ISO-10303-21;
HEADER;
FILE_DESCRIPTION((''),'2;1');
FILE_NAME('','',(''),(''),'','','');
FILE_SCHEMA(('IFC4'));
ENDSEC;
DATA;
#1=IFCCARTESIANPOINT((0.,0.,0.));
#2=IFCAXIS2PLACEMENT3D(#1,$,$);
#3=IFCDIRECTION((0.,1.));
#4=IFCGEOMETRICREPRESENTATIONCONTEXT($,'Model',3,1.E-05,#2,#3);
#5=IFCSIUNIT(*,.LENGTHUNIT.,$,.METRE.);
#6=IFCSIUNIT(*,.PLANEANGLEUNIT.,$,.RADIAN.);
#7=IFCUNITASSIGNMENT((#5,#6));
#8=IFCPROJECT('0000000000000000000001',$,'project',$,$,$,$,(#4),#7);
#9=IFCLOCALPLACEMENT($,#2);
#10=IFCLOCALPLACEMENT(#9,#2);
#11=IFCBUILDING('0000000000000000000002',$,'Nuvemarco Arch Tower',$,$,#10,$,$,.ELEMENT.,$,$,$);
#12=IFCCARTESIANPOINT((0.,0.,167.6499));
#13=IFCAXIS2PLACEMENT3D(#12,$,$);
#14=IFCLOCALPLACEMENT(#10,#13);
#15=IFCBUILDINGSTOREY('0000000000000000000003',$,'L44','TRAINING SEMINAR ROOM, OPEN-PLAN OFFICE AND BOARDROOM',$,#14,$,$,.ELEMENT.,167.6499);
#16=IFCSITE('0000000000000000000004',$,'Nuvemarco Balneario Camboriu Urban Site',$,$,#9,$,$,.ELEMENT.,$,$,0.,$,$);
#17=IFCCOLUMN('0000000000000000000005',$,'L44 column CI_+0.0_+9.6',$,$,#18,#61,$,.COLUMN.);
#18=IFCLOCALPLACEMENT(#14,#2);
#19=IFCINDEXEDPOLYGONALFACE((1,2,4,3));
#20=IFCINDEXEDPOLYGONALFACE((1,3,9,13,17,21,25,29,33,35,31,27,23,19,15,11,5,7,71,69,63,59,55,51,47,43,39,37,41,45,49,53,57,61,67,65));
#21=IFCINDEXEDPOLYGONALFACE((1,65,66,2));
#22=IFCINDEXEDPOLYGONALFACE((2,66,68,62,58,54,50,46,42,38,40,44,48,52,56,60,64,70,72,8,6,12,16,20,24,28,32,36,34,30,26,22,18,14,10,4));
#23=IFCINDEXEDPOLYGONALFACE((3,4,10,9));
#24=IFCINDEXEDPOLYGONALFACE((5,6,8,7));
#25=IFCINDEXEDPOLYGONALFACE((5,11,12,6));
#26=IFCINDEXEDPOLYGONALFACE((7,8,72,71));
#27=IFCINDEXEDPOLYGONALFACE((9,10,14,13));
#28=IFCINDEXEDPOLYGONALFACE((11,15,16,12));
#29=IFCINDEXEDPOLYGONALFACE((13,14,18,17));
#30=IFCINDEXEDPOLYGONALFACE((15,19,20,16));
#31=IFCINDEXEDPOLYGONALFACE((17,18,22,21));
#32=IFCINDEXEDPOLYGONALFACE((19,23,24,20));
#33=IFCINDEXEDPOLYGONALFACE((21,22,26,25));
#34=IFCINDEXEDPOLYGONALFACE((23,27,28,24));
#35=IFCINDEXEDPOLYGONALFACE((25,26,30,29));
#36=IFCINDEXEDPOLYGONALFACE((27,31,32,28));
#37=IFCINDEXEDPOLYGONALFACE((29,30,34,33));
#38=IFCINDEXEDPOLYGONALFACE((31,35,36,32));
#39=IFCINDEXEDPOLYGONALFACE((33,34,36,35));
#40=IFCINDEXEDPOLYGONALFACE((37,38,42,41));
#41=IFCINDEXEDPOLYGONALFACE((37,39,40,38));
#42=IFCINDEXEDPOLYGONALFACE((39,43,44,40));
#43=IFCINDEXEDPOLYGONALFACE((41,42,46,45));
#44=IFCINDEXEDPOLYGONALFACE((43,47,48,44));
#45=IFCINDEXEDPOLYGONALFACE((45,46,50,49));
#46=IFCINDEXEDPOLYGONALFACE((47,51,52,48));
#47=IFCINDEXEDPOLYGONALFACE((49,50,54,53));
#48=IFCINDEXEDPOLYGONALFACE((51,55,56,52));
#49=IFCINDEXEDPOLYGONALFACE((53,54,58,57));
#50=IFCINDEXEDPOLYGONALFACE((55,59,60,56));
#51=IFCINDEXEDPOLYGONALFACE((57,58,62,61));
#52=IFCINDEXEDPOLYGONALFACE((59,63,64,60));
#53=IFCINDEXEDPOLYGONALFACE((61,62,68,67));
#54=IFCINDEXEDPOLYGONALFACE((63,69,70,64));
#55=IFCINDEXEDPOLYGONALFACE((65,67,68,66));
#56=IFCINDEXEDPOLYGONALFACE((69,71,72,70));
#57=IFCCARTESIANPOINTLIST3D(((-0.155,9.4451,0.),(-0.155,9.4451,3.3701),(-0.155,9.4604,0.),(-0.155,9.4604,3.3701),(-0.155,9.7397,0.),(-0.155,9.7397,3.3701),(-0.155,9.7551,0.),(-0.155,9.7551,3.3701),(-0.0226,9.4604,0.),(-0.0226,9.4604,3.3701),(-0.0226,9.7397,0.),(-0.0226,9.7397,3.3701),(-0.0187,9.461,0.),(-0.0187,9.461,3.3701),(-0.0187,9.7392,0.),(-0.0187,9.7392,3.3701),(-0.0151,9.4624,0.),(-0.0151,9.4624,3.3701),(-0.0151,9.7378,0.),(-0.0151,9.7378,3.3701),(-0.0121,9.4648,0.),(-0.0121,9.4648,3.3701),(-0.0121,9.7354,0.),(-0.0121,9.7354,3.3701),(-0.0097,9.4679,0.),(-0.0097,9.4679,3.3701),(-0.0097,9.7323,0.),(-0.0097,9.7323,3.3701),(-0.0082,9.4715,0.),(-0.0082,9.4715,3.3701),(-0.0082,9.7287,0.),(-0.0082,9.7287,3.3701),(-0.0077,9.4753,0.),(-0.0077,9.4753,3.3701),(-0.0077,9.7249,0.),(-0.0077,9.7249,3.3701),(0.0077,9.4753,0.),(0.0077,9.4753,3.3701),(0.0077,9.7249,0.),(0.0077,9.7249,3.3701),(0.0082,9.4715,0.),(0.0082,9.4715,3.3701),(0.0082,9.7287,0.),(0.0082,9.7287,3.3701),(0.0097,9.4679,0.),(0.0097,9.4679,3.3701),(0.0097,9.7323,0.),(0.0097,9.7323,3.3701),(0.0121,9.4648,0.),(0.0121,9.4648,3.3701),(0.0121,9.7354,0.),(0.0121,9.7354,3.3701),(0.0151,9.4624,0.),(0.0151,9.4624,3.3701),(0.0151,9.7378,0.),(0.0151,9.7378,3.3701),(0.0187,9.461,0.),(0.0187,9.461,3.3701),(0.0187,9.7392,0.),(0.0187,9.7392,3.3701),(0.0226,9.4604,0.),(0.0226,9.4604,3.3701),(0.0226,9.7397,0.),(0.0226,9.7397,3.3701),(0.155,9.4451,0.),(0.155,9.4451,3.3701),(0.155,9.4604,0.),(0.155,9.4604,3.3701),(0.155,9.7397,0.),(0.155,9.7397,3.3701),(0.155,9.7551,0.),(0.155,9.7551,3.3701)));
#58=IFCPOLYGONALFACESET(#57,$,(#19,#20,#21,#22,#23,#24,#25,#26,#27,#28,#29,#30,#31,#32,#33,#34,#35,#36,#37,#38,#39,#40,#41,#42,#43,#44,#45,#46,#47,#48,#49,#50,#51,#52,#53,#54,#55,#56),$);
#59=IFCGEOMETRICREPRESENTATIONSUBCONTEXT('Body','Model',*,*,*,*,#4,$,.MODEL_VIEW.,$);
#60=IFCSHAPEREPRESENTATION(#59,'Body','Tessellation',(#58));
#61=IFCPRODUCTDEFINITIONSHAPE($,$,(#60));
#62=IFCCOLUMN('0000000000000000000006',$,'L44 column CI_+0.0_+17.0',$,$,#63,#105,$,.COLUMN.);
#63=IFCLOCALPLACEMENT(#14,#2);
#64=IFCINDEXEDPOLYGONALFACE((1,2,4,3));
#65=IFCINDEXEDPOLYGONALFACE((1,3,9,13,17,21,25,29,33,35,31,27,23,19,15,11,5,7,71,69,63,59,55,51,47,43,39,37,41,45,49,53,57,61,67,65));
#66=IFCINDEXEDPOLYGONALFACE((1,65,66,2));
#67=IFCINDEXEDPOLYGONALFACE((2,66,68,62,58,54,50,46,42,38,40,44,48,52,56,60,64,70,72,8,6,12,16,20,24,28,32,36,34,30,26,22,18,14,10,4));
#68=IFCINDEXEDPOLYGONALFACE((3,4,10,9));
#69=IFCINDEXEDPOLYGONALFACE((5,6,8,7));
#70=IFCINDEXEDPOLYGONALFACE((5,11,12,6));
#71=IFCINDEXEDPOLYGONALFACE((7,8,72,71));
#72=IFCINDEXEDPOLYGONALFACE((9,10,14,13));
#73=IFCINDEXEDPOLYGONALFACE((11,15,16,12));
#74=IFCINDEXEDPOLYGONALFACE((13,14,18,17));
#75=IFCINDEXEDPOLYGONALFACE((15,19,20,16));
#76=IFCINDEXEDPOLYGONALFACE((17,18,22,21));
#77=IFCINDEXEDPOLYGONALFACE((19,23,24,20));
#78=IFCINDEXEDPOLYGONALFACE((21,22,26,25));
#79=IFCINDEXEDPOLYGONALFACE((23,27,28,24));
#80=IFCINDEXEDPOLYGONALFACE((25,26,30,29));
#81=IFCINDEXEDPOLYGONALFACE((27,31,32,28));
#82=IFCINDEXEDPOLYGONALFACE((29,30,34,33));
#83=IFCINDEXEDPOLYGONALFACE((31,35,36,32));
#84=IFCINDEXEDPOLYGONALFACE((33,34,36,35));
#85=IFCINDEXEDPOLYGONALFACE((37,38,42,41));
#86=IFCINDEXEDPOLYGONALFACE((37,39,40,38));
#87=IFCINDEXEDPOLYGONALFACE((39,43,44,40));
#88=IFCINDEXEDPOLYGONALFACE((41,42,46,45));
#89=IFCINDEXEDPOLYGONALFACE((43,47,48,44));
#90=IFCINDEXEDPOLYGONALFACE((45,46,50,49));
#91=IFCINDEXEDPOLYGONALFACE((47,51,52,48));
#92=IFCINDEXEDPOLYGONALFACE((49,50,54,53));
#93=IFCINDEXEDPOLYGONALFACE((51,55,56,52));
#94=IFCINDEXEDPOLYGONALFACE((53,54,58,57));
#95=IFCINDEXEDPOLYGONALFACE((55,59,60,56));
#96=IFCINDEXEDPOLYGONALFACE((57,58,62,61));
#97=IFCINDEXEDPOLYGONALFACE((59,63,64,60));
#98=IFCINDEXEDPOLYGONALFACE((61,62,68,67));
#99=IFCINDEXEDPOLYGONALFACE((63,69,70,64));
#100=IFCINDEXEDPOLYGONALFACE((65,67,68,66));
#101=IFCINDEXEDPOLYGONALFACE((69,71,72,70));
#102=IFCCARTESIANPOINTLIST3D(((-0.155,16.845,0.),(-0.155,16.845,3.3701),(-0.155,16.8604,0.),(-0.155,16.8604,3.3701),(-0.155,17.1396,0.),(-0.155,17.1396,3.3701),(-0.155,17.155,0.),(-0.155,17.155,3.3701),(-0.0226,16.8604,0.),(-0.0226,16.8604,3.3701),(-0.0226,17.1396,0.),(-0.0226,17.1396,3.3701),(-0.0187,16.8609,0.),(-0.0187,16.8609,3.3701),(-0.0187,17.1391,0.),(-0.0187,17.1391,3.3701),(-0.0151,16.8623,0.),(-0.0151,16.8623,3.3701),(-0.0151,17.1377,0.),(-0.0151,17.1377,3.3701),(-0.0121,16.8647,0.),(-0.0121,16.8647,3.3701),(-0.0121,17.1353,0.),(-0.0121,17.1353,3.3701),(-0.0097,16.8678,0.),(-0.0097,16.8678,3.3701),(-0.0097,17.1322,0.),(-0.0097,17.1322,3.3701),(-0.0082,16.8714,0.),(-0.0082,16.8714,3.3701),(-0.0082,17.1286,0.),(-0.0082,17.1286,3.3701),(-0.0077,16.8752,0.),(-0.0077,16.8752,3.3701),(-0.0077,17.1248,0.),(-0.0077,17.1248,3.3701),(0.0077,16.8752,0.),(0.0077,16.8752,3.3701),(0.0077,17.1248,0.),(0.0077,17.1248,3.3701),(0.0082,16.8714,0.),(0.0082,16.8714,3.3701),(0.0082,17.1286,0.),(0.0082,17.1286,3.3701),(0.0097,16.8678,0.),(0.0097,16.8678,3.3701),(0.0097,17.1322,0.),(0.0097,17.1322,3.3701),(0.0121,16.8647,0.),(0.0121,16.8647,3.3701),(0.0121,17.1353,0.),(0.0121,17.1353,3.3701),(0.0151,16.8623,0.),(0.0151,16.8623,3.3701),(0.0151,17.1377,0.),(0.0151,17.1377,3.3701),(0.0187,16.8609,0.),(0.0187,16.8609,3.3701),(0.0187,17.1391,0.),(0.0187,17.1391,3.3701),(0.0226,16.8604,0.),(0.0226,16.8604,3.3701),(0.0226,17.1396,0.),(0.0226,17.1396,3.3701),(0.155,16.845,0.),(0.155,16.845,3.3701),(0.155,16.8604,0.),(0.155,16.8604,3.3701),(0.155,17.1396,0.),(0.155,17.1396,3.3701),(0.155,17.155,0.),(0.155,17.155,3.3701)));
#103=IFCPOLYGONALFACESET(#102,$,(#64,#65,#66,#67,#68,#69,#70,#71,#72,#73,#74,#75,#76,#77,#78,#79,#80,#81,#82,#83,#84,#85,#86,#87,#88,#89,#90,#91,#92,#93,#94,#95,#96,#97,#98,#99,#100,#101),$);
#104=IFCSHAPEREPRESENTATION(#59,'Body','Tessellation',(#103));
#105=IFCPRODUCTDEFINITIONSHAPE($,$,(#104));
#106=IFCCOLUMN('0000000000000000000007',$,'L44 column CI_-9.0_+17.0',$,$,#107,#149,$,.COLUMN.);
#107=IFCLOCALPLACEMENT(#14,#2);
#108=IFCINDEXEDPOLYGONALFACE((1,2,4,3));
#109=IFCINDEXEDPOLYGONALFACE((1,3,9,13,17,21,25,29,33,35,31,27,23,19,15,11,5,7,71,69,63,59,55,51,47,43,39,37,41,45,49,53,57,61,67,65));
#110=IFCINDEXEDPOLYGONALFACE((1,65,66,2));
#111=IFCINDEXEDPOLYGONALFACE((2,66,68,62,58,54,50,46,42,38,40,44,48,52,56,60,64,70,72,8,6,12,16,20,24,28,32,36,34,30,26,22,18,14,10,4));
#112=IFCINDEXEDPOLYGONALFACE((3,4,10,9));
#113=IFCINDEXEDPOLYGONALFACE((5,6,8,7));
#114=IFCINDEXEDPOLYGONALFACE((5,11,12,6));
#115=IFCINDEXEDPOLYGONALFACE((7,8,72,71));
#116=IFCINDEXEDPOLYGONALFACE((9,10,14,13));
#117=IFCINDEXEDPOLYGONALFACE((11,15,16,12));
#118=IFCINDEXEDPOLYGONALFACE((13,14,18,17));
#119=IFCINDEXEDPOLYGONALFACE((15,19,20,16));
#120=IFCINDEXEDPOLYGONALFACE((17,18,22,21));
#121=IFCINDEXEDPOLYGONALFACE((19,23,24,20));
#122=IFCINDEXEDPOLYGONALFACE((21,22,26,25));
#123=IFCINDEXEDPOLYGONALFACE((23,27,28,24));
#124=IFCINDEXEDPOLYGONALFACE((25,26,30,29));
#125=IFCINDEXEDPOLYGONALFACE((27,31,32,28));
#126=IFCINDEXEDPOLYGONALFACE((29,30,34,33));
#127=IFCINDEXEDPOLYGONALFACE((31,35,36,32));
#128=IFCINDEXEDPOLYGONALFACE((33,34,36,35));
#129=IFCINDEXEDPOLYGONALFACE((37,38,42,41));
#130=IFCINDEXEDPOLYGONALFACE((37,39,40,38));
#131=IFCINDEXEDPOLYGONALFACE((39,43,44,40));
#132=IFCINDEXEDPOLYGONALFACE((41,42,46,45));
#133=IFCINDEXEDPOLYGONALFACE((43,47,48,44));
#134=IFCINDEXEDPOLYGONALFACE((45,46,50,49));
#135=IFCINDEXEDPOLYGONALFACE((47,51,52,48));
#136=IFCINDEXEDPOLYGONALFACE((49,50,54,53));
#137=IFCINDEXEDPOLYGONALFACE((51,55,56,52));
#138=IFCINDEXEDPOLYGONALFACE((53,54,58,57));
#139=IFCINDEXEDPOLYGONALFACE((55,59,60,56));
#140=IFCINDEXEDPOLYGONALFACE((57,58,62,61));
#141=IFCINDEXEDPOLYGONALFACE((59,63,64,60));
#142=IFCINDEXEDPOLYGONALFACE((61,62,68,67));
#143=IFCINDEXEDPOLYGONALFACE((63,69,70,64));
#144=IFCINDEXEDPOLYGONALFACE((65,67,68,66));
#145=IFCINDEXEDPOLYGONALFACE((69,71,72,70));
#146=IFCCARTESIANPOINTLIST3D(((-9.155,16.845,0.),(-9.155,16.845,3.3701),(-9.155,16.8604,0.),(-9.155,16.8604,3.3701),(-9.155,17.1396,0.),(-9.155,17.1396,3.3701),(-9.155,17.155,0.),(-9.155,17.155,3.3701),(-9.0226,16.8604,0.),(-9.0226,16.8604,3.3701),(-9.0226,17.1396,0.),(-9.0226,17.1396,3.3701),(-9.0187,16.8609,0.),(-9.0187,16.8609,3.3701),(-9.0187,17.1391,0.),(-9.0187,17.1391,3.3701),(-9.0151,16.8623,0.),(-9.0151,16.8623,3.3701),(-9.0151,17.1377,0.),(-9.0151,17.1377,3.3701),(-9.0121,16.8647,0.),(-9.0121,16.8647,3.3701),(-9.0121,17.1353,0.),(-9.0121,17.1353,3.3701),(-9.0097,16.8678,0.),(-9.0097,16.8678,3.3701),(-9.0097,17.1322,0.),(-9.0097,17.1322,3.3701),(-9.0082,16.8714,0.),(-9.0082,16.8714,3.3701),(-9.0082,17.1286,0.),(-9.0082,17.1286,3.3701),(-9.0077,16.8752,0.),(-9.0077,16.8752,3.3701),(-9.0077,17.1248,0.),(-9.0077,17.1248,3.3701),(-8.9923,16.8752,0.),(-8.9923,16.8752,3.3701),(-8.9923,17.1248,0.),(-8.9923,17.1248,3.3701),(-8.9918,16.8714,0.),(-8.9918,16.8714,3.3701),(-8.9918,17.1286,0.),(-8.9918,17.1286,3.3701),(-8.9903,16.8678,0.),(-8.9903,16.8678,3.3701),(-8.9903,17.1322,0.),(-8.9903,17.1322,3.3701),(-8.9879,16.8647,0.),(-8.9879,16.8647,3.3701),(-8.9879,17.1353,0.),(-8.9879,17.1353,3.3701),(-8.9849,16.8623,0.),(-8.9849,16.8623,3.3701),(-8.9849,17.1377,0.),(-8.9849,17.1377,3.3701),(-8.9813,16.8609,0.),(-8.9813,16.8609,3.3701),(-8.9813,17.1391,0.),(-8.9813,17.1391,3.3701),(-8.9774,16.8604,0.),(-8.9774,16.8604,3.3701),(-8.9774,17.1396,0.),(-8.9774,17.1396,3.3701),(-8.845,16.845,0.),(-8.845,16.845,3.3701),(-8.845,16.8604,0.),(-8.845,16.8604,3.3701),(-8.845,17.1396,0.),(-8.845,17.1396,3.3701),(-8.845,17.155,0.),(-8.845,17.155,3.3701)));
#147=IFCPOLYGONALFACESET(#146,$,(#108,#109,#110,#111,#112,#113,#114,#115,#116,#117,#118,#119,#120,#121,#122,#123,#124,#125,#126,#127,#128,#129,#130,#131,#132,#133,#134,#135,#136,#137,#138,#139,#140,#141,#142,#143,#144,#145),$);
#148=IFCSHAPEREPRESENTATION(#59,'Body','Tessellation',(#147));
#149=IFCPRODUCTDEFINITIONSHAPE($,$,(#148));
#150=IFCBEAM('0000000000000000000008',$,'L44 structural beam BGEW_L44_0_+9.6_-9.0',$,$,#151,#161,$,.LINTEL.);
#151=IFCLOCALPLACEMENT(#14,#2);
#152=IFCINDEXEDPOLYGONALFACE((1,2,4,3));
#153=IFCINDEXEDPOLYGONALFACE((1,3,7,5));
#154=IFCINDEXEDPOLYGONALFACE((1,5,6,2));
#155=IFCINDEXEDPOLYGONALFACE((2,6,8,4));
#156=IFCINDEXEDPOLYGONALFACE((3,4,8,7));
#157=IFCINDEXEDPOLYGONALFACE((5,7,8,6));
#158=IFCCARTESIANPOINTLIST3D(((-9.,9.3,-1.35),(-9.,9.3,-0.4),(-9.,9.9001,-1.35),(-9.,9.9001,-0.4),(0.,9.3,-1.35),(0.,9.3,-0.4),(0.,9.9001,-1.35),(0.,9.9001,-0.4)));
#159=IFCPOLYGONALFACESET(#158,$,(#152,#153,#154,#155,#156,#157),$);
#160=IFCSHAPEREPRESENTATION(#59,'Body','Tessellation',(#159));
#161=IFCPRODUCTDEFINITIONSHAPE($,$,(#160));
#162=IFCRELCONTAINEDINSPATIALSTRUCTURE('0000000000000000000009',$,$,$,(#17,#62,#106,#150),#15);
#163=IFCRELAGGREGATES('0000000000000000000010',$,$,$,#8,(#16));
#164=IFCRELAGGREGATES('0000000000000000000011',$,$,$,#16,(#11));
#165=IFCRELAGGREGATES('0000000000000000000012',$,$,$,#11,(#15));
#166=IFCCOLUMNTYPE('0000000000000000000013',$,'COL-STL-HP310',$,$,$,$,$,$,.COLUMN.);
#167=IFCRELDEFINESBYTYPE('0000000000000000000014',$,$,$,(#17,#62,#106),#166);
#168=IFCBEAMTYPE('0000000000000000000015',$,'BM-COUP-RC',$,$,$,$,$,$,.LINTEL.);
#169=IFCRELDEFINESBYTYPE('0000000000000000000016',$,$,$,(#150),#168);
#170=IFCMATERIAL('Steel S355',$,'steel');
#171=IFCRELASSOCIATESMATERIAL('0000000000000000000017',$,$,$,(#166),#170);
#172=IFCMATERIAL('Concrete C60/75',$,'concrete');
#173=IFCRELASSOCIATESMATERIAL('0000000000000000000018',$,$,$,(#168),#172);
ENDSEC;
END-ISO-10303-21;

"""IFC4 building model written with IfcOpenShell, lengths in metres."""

from ifc_helpers import new_model, si_unit, direction, frame, origin, origin_2d, place, context, subcontext, project, spatial, rectangle, i_section, extrude, material, material_profile, profile_set, type_object, element, save


model = new_model("IFC4")

# Units and contexts
model_context = context("Model", 3, precision=1e-05, world=origin(), true_north=direction((0.0, 1.0)))
body_context = subcontext(model_context, "Body", "Model", "MODEL_VIEW")
ifc_project = project(units=[si_unit("LENGTHUNIT", "METRE"), si_unit("PLANEANGLEUNIT", "RADIAN")], contexts=[model_context])

# Site, building, storey
site_placement = place(None, origin())
site = spatial("IfcSite", under=ifc_project, at=site_placement, Name="Nuvemarco Balneario Camboriu Urban Site", CompositionType="ELEMENT", RefElevation=0.0)
building_placement = place(site_placement, origin())
building = spatial("IfcBuilding", under=site, at=building_placement, Name="Nuvemarco Arch Tower", CompositionType="ELEMENT")
storey_placement = place(building_placement, frame((0.0, 0.0, 167.6499)))
storey = spatial("IfcBuildingStorey", under=building, at=storey_placement, Name="L44", Description="TRAINING SEMINAR ROOM, OPEN-PLAN OFFICE AND BOARDROOM", CompositionType="ELEMENT", Elevation=167.6499)

# Columns
ifc_material_1 = material(Name="Steel S355", Category="steel")
ifc_material_profile_1 = material_profile(ifc_material_1, i_section(OverallWidth=0.3101, OverallDepth=0.3101, WebThickness=0.0154, FlangeThickness=0.0154, FilletRadius=0.0149, at=origin_2d()), Name="HP310x110")
ifc_profile_set_1 = profile_set([ifc_material_profile_1], Name="Steel S355")
column_type_1 = type_object("IfcColumnType", Name="COL-STL-HP310", PredefinedType="COLUMN", material=ifc_profile_set_1)
for number, where, z_axis, x_axis, name in (
    (1, (0.0, 9.6001, 0.0), (0.0, 0.0, 1.0), (1.0, 0.0, 0.0), "L44 column CI_+0.0_+9.6"),
    (2, (0.0, 17.0, 0.0), (0.0, 0.0, 1.0), (1.0, 0.0, 0.0), "L44 column CI_+0.0_+17.0"),
    (3, (-9.0, 17.0, 0.0), (0.0, 0.0, 1.0), (1.0, 0.0, 0.0), "L44 column CI_-9.0_+17.0"),
):
    element("IfcColumn", number, at=place(storey_placement, frame(where, z_axis=z_axis, x_axis=x_axis)), inside=storey, type_object=column_type_1, Name=name, PredefinedType="COLUMN", context=body_context, shape_type="SweptSolid", body=[
        extrude(i_section(OverallWidth=0.3101, OverallDepth=0.3101, WebThickness=0.0154, FlangeThickness=0.0154, FilletRadius=0.0149, at=origin_2d()), origin(), (0.0, 0.0, 1.0), 3.3701),
    ])

# Beam
ifc_material_2 = material(Name="Concrete C60/75", Category="concrete")
ifc_material_profile_2 = material_profile(ifc_material_2, rectangle(XDim=0.6001, YDim=0.95, at=origin_2d()), Name="RC-BM-600x950")
ifc_profile_set_2 = profile_set([ifc_material_profile_2], Name="Concrete C60/75")
beam_type_1 = type_object("IfcBeamType", Name="BM-COUP-RC", PredefinedType="LINTEL", material=ifc_profile_set_2)
beam_1_placement = place(storey_placement, frame((-9.0, 9.6001, -0.875), z_axis=(1.0, 0.0, 0.0), x_axis=(0.0, 1.0, 0.0)))
element("IfcBeam", 4, at=beam_1_placement, inside=storey, type_object=beam_type_1, Name="L44 structural beam BGEW_L44_0_+9.6_-9.0", PredefinedType="LINTEL", context=body_context, shape_type="SweptSolid", body=[
    extrude(rectangle(XDim=0.6001, YDim=0.95, at=origin_2d()), origin(), (0.0, 0.0, 1.0), 9.0),
])

save(model, "model.ifc")
